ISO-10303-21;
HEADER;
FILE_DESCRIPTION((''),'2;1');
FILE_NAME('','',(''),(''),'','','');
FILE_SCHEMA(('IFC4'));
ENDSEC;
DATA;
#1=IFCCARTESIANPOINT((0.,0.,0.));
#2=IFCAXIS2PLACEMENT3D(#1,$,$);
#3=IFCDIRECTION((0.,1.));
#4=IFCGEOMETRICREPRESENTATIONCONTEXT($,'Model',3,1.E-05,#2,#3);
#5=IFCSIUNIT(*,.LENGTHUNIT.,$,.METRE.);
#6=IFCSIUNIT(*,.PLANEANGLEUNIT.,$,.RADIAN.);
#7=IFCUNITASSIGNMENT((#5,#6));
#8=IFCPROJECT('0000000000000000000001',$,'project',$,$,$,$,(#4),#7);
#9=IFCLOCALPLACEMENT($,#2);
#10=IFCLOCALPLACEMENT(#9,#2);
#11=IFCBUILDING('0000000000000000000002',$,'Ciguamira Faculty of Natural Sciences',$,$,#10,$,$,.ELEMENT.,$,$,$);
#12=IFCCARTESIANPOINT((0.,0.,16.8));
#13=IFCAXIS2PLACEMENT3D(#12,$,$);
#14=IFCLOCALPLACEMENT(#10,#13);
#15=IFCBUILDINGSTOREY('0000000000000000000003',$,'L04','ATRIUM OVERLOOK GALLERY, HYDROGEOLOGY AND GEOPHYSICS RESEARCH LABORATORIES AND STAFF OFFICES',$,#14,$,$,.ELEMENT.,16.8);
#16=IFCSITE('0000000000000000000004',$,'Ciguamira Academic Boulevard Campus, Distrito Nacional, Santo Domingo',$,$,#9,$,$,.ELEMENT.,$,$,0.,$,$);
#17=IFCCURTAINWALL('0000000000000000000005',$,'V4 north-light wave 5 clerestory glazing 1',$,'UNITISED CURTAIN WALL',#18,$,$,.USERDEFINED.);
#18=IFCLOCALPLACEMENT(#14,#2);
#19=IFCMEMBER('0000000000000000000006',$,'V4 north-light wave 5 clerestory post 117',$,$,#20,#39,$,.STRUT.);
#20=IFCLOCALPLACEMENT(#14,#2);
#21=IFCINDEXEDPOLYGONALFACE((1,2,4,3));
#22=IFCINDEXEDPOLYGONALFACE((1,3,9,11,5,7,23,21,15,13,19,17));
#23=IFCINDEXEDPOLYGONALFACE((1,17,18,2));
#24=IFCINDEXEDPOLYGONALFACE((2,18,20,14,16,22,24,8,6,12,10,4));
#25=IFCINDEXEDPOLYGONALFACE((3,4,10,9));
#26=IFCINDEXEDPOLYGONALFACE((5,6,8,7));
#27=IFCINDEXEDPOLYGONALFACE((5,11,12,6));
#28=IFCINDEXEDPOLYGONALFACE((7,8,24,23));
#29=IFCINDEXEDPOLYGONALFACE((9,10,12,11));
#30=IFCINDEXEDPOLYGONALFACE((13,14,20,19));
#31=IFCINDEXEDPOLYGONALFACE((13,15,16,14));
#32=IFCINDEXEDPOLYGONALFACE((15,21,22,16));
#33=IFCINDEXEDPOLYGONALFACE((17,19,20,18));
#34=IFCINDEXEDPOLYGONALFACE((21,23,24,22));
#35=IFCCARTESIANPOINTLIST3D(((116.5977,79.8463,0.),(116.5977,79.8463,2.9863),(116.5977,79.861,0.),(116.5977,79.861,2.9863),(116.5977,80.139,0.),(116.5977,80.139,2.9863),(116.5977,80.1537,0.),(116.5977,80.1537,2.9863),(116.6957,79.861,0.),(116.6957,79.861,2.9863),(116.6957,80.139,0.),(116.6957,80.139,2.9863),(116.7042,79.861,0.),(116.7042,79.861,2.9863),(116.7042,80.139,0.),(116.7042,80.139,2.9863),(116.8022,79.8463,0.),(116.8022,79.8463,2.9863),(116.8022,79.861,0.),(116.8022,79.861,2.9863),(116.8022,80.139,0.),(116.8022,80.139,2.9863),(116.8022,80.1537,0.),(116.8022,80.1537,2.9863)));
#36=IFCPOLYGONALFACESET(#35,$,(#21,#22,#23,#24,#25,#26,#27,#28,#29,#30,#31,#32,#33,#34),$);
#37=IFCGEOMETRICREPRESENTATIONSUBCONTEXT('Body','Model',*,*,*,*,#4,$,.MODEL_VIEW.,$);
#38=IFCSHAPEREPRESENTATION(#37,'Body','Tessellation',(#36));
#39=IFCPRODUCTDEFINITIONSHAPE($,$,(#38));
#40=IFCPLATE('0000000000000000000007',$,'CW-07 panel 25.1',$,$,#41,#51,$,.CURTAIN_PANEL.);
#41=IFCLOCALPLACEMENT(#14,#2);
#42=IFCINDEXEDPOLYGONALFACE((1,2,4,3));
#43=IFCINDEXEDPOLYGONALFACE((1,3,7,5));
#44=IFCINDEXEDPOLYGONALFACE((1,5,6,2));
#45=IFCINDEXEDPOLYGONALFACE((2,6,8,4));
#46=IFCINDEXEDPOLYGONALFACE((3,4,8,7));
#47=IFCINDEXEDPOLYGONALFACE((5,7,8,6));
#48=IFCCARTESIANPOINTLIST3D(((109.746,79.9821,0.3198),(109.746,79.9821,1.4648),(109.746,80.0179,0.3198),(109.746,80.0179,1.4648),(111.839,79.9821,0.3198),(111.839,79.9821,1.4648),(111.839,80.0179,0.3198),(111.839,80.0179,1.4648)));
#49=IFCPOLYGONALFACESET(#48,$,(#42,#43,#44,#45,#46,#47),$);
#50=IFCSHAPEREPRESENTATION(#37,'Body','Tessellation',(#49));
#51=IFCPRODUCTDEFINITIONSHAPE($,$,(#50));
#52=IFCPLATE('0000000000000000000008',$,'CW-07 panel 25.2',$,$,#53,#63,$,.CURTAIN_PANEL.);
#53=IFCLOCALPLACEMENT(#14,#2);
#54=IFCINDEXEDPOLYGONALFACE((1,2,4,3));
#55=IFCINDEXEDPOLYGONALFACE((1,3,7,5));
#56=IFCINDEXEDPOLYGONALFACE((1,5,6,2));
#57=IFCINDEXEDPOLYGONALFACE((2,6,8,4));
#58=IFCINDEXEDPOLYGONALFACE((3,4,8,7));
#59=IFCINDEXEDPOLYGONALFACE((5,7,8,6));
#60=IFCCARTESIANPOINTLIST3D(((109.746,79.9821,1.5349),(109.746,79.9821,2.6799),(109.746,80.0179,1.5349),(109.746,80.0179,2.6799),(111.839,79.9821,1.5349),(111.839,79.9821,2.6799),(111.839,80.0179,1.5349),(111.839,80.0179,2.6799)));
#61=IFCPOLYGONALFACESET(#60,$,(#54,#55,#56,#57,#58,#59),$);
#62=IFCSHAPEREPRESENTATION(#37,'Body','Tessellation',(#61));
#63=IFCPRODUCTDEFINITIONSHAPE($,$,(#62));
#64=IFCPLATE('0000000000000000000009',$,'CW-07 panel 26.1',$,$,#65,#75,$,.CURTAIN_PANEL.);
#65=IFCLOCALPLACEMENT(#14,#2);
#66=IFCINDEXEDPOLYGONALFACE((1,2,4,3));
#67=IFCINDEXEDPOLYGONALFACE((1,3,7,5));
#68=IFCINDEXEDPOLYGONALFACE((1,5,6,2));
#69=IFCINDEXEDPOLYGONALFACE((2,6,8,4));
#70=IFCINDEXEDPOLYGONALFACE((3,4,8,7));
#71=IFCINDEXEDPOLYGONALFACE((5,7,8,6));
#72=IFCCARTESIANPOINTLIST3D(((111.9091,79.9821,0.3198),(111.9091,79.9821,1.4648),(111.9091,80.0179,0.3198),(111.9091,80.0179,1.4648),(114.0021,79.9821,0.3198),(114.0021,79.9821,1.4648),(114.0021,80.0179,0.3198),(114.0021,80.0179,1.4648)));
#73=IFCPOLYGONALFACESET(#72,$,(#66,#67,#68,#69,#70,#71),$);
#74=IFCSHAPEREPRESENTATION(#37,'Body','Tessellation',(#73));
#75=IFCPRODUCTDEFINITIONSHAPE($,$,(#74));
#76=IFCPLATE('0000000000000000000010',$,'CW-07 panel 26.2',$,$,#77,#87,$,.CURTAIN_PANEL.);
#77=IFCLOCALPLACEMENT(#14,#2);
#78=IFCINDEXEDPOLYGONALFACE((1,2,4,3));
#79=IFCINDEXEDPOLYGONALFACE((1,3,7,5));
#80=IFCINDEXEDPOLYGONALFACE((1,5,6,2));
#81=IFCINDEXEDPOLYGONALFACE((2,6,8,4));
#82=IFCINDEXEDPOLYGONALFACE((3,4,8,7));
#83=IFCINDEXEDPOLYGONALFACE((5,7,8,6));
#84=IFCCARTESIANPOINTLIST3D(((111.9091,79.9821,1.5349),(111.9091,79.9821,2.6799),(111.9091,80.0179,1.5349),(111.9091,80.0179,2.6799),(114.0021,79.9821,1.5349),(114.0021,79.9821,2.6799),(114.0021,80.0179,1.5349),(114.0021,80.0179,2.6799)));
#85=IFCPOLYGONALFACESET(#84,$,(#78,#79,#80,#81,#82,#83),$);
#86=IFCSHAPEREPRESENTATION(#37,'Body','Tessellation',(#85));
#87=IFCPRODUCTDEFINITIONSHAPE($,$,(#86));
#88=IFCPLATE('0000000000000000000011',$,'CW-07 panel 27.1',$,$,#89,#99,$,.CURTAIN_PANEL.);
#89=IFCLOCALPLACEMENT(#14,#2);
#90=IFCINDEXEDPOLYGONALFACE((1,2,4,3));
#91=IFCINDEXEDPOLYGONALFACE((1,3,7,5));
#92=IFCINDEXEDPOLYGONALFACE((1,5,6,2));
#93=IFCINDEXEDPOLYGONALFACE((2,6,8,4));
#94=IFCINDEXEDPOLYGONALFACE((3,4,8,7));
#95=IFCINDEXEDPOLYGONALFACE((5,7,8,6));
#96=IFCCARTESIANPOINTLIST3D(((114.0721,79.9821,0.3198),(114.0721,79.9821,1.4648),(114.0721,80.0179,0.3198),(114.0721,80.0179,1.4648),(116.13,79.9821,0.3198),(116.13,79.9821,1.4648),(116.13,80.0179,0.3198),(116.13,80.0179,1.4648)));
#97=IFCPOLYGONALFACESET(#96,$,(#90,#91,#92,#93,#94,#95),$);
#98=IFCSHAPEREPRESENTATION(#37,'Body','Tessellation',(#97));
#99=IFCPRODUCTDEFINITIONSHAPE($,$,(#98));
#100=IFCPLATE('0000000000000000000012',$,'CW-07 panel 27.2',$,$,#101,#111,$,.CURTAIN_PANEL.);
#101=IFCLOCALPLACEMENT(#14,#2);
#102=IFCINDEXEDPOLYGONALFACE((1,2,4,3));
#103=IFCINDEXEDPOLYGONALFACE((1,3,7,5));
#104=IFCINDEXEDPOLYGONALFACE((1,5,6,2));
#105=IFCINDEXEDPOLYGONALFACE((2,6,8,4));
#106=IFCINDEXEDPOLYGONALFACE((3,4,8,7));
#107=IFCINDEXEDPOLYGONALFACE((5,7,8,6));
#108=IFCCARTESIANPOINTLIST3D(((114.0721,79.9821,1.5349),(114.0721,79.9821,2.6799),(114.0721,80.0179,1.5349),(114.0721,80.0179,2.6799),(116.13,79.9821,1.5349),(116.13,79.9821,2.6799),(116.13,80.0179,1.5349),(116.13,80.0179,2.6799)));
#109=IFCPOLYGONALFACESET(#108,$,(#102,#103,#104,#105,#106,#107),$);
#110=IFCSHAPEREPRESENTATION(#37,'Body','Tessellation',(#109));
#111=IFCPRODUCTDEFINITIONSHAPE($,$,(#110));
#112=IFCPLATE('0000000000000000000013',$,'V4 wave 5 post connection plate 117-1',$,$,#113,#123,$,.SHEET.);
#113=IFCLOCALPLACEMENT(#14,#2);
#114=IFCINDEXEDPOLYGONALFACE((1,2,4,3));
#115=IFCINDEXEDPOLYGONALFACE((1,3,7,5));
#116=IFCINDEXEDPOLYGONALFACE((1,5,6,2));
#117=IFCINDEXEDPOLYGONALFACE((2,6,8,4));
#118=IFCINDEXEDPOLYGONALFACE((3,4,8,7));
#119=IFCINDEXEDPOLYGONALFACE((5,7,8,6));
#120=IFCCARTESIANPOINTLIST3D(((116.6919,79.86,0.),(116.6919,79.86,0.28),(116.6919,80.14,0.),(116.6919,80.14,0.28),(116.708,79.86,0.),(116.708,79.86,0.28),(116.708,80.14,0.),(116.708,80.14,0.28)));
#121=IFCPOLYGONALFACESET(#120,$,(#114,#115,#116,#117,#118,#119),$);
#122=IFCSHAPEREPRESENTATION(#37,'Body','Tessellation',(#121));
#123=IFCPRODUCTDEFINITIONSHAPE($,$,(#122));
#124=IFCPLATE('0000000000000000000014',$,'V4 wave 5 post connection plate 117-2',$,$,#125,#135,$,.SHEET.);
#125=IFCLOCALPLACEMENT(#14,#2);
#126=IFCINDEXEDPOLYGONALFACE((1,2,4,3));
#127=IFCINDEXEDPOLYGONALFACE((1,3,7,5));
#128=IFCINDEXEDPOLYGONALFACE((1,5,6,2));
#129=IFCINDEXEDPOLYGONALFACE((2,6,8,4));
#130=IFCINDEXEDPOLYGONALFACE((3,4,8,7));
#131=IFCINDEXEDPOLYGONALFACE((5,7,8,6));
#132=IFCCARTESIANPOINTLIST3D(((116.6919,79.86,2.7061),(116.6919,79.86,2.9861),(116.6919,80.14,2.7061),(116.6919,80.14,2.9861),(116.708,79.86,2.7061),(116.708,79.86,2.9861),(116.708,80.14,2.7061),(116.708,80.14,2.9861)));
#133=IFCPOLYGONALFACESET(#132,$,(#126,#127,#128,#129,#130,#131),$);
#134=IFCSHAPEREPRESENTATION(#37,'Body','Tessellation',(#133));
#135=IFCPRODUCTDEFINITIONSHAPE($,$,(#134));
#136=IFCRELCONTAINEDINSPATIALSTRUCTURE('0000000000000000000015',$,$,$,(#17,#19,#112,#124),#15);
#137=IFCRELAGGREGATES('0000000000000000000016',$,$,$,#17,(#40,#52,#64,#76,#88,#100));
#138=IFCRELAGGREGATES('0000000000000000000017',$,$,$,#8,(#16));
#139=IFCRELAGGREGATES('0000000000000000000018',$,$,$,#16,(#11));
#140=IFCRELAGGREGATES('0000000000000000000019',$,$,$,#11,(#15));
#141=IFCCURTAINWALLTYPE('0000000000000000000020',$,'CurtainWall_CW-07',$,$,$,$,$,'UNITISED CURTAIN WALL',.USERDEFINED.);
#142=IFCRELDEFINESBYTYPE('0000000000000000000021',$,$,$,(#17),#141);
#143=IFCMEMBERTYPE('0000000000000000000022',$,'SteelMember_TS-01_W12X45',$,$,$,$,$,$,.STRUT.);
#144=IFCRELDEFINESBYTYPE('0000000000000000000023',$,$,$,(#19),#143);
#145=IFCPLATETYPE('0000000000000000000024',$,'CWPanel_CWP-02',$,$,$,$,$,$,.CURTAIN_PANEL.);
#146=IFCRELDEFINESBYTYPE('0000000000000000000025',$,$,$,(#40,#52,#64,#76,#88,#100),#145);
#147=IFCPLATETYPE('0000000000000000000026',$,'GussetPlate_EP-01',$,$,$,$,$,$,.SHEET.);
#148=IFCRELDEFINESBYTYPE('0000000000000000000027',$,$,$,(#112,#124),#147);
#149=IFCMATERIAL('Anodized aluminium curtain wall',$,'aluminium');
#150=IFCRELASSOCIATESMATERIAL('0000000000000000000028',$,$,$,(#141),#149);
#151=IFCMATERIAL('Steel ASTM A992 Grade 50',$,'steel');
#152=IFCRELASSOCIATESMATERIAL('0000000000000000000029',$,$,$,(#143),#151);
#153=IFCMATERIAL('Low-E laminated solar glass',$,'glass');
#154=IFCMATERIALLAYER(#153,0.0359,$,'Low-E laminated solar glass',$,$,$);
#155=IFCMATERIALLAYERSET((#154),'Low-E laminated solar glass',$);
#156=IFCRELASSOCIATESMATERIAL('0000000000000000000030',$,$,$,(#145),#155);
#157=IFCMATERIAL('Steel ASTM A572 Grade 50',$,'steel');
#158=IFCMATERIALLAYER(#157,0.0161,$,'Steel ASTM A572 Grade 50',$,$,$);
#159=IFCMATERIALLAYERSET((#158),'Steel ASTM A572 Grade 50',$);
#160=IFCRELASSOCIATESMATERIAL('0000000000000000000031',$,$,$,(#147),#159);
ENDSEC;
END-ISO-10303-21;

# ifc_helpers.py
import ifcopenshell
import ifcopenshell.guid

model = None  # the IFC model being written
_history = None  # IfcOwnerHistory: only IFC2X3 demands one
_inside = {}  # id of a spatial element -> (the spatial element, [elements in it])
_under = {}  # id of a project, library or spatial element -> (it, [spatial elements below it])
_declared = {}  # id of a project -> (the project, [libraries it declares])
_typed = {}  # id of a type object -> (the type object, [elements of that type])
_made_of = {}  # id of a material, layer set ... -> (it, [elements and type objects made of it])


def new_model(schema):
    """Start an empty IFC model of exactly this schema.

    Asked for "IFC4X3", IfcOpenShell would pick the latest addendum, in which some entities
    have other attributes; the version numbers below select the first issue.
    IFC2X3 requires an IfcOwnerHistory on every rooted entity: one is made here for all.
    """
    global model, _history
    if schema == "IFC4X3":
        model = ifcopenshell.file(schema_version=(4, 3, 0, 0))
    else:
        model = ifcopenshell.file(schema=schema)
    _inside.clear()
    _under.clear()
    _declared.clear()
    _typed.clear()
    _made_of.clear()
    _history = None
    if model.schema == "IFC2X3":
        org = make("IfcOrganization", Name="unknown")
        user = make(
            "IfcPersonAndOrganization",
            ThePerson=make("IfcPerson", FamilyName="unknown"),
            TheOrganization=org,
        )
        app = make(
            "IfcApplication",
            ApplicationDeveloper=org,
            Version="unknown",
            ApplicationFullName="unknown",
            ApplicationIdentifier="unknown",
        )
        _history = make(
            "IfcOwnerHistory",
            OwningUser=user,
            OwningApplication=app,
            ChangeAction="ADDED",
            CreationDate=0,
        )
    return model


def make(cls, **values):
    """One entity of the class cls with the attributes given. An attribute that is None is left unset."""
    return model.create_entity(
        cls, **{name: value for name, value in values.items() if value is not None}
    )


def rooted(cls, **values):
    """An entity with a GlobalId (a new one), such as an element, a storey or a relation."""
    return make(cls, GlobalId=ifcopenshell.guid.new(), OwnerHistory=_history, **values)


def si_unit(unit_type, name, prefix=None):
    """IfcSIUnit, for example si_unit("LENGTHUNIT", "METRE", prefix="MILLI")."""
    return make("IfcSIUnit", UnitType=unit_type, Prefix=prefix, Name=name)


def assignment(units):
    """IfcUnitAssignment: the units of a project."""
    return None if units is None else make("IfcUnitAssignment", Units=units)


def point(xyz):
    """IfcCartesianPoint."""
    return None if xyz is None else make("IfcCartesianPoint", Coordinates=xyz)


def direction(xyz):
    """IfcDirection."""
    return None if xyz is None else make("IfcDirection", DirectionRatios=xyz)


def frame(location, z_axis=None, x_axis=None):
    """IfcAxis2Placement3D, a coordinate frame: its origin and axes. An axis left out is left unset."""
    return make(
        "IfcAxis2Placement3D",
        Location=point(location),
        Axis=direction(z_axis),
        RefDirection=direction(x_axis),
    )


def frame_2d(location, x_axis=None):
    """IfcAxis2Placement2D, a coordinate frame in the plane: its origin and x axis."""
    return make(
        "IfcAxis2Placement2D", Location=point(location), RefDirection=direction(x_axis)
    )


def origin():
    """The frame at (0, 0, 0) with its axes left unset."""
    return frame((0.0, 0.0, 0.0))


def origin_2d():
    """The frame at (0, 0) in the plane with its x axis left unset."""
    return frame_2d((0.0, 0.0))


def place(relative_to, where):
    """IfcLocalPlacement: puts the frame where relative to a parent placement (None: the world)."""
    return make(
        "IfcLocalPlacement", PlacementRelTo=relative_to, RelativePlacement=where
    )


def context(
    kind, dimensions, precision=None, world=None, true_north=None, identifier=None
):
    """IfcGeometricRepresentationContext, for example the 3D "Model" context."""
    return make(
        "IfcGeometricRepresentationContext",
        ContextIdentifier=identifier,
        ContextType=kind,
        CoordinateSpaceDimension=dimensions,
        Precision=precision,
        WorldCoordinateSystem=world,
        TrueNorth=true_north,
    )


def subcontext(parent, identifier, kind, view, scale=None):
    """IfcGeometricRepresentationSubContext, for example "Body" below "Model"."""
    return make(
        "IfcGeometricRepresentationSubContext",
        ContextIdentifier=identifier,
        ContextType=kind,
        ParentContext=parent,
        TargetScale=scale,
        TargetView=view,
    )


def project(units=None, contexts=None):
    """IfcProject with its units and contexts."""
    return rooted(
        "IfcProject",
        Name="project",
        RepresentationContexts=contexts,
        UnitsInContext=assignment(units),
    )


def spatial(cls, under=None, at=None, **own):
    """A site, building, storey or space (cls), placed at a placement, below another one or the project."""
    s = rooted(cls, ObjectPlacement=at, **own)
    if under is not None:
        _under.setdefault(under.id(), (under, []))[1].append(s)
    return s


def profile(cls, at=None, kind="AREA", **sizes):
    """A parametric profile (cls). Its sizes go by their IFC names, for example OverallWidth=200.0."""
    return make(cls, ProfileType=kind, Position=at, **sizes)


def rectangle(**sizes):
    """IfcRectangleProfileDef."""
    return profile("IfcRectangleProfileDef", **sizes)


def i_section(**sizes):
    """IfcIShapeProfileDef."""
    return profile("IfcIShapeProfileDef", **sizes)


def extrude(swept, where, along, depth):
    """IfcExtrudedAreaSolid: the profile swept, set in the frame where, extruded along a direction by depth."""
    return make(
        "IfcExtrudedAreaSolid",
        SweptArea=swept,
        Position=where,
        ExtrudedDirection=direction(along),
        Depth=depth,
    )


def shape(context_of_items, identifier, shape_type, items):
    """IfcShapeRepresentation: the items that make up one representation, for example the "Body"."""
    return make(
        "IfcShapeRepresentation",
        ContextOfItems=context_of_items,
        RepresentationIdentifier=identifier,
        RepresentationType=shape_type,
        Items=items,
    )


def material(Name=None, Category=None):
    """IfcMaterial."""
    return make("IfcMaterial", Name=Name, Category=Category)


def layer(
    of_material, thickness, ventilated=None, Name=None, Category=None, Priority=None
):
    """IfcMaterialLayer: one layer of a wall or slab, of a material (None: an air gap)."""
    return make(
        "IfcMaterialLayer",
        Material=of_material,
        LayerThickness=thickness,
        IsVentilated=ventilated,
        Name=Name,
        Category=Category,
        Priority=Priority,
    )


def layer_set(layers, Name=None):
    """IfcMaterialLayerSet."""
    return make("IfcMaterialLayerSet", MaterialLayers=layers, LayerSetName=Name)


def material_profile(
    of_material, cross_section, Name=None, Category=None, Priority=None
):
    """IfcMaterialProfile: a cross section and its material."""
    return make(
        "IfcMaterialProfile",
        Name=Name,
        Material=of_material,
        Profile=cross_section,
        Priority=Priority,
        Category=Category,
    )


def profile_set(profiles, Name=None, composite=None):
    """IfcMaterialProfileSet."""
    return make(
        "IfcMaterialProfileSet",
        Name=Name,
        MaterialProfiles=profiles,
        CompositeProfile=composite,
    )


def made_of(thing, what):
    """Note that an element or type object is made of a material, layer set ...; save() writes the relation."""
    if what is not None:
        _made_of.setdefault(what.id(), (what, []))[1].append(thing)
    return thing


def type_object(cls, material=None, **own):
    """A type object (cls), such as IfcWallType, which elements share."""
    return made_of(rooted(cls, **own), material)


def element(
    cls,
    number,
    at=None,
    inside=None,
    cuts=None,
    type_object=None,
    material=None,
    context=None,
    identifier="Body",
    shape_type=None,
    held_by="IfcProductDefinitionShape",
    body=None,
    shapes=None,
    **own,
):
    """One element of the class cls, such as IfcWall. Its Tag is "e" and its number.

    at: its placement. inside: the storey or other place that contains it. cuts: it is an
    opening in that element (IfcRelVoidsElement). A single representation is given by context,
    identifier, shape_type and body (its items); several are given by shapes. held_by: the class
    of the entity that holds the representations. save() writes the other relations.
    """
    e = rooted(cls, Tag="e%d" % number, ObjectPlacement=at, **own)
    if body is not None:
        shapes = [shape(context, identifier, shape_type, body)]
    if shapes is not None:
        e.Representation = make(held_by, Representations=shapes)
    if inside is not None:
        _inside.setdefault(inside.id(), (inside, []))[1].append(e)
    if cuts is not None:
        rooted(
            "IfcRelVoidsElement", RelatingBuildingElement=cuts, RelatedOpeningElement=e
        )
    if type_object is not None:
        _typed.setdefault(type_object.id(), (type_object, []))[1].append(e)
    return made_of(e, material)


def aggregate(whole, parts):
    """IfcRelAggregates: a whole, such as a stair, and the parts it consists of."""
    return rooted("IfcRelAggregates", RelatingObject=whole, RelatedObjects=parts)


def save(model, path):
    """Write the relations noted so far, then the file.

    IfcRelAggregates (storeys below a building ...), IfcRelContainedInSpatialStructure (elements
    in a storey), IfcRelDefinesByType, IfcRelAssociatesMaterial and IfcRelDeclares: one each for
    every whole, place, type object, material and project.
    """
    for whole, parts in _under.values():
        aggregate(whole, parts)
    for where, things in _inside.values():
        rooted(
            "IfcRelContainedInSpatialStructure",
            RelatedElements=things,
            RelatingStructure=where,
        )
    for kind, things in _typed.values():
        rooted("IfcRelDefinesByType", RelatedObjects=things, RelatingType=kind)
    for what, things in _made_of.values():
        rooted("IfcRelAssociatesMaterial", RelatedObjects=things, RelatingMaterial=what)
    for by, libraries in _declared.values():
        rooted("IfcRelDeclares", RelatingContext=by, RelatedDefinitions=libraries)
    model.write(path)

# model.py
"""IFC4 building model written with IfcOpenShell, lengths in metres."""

from ifc_helpers import new_model, si_unit, direction, frame, origin, origin_2d, place, context, subcontext, project, spatial, rectangle, i_section, extrude, material, layer, layer_set, material_profile, profile_set, type_object, element, aggregate, save


model = new_model("IFC4")

# Units and contexts
model_context = context("Model", 3, precision=1e-05, world=origin(), true_north=direction((0.0, 1.0)))
body_context = subcontext(model_context, "Body", "Model", "MODEL_VIEW")
ifc_project = project(units=[si_unit("LENGTHUNIT", "METRE"), si_unit("PLANEANGLEUNIT", "RADIAN")], contexts=[model_context])

# Site, building, storey
site_placement = place(None, origin())
site = spatial("IfcSite", under=ifc_project, at=site_placement, Name="Ciguamira Academic Boulevard Campus, Distrito Nacional, Santo Domingo", CompositionType="ELEMENT", RefElevation=0.0)
building_placement = place(site_placement, origin())
building = spatial("IfcBuilding", under=site, at=building_placement, Name="Ciguamira Faculty of Natural Sciences", CompositionType="ELEMENT")
storey_placement = place(building_placement, frame((0.0, 0.0, 16.8)))
storey = spatial("IfcBuildingStorey", under=building, at=storey_placement, Name="L04", Description="ATRIUM OVERLOOK GALLERY, HYDROGEOLOGY AND GEOPHYSICS RESEARCH LABORATORIES AND STAFF OFFICES", CompositionType="ELEMENT", Elevation=16.8)

# Curtain wall
ifc_material_1 = material(Name="Anodized aluminium curtain wall", Category="aluminium")
curtain_wall_type = type_object("IfcCurtainWallType", Name="CurtainWall_CW-07", ElementType="UNITISED CURTAIN WALL", PredefinedType="USERDEFINED", material=ifc_material_1)
curtain_wall_placement = place(storey_placement, origin())
curtain_wall = element("IfcCurtainWall", 1, at=curtain_wall_placement, inside=storey, type_object=curtain_wall_type, Name="V4 north-light wave 5 clerestory glazing 1", ObjectType="UNITISED CURTAIN WALL", PredefinedType="USERDEFINED")

# Member
ifc_material_2 = material(Name="Steel ASTM A992 Grade 50", Category="steel")
ifc_material_profile_1 = material_profile(ifc_material_2, i_section(OverallWidth=0.2046, OverallDepth=0.3074, WebThickness=0.0085, FlangeThickness=0.0146, at=origin_2d()), Name="W12X45")
ifc_profile_set_1 = profile_set([ifc_material_profile_1], Name="Steel ASTM A992 Grade 50")
member_type_1 = type_object("IfcMemberType", Name="SteelMember_TS-01_W12X45", PredefinedType="STRUT", material=ifc_profile_set_1)
member_1_placement = place(storey_placement, frame((116.7, 80.0, 0.0), z_axis=(0.0, 0.0, 1.0), x_axis=(1.0, 0.0, 0.0)))
element("IfcMember", 2, at=member_1_placement, inside=storey, type_object=member_type_1, Name="V4 north-light wave 5 clerestory post 117", PredefinedType="STRUT", context=body_context, shape_type="SweptSolid", body=[
    extrude(i_section(OverallWidth=0.2046, OverallDepth=0.3074, WebThickness=0.0085, FlangeThickness=0.0146, at=origin_2d()), origin(), (0.0, 0.0, 1.0), 2.9863),
])

# Plates
ifc_material_3 = material(Name="Low-E laminated solar glass", Category="glass")
ifc_layer_1 = layer(ifc_material_3, 0.0359, Name="Low-E laminated solar glass")
ifc_layer_set_1 = layer_set([ifc_layer_1], Name="Low-E laminated solar glass")
plate_type_1 = type_object("IfcPlateType", Name="CWPanel_CWP-02", PredefinedType="CURTAIN_PANEL", material=ifc_layer_set_1)
plate_1_placement = place(storey_placement, frame((110.7925, 80.0, 0.3198), z_axis=(0.0, 0.0, 1.0), x_axis=(1.0, 0.0, 0.0)))
plate_1 = element("IfcPlate", 3, at=plate_1_placement, type_object=plate_type_1, Name="CW-07 panel 25.1", PredefinedType="CURTAIN_PANEL", context=body_context, shape_type="SweptSolid", body=[
    extrude(rectangle(XDim=2.093, YDim=0.0359, at=origin_2d()), origin(), (0.0, 0.0, 1.0), 1.145),
])
plate_2_placement = place(storey_placement, frame((110.7925, 80.0, 1.5349), z_axis=(0.0, 0.0, 1.0), x_axis=(1.0, 0.0, 0.0)))
plate_2 = element("IfcPlate", 4, at=plate_2_placement, type_object=plate_type_1, Name="CW-07 panel 25.2", PredefinedType="CURTAIN_PANEL", context=body_context, shape_type="SweptSolid", body=[
    extrude(rectangle(XDim=2.093, YDim=0.0359, at=origin_2d()), origin(), (0.0, 0.0, 1.0), 1.145),
])
plate_3_placement = place(storey_placement, frame((112.9556, 80.0, 0.3198), z_axis=(0.0, 0.0, 1.0), x_axis=(1.0, 0.0, 0.0)))
plate_3 = element("IfcPlate", 5, at=plate_3_placement, type_object=plate_type_1, Name="CW-07 panel 26.1", PredefinedType="CURTAIN_PANEL", context=body_context, shape_type="SweptSolid", body=[
    extrude(rectangle(XDim=2.093, YDim=0.0359, at=origin_2d()), origin(), (0.0, 0.0, 1.0), 1.145),
])
plate_4_placement = place(storey_placement, frame((112.9556, 80.0, 1.5349), z_axis=(0.0, 0.0, 1.0), x_axis=(1.0, 0.0, 0.0)))
plate_4 = element("IfcPlate", 6, at=plate_4_placement, type_object=plate_type_1, Name="CW-07 panel 26.2", PredefinedType="CURTAIN_PANEL", context=body_context, shape_type="SweptSolid", body=[
    extrude(rectangle(XDim=2.093, YDim=0.0359, at=origin_2d()), origin(), (0.0, 0.0, 1.0), 1.145),
])
plate_5_placement = place(storey_placement, frame((115.1011, 80.0, 0.3198), z_axis=(0.0, 0.0, 1.0), x_axis=(1.0, 0.0, 0.0)))
plate_5 = element("IfcPlate", 7, at=plate_5_placement, type_object=plate_type_1, Name="CW-07 panel 27.1", PredefinedType="CURTAIN_PANEL", context=body_context, shape_type="SweptSolid", body=[
    extrude(rectangle(XDim=2.0579, YDim=0.0359, at=origin_2d()), origin(), (0.0, 0.0, 1.0), 1.145),
])
plate_6_placement = place(storey_placement, frame((115.1011, 80.0, 1.5349), z_axis=(0.0, 0.0, 1.0), x_axis=(1.0, 0.0, 0.0)))
plate_6 = element("IfcPlate", 8, at=plate_6_placement, type_object=plate_type_1, Name="CW-07 panel 27.2", PredefinedType="CURTAIN_PANEL", context=body_context, shape_type="SweptSolid", body=[
    extrude(rectangle(XDim=2.0579, YDim=0.0359, at=origin_2d()), origin(), (0.0, 0.0, 1.0), 1.145),
])
aggregate(curtain_wall, [plate_1, plate_2, plate_3, plate_4, plate_5, plate_6])

# Plates
ifc_material_4 = material(Name="Steel ASTM A572 Grade 50", Category="steel")
ifc_layer_2 = layer(ifc_material_4, 0.0161, Name="Steel ASTM A572 Grade 50")
ifc_layer_set_2 = layer_set([ifc_layer_2], Name="Steel ASTM A572 Grade 50")
plate_type_2 = type_object("IfcPlateType", Name="GussetPlate_EP-01", PredefinedType="SHEET", material=ifc_layer_set_2)
for number, where, z_axis, x_axis, name in (
    (9, (116.7, 80.0, 0.0), (0.0, 0.0, 1.0), (1.0, 0.0, 0.0), "V4 wave 5 post connection plate 117-1"),
    (10, (116.7, 80.0, 2.7061), (0.0, 0.0, 1.0), (1.0, 0.0, 0.0), "V4 wave 5 post connection plate 117-2"),
):
    element("IfcPlate", number, at=place(storey_placement, frame(where, z_axis=z_axis, x_axis=x_axis)), inside=storey, type_object=plate_type_2, Name=name, PredefinedType="SHEET", context=body_context, shape_type="SweptSolid", body=[
        extrude(rectangle(XDim=0.0161, YDim=0.28, at=origin_2d()), origin(), (0.0, 0.0, 1.0), 0.28),
    ])

save(model, "model.ifc")
